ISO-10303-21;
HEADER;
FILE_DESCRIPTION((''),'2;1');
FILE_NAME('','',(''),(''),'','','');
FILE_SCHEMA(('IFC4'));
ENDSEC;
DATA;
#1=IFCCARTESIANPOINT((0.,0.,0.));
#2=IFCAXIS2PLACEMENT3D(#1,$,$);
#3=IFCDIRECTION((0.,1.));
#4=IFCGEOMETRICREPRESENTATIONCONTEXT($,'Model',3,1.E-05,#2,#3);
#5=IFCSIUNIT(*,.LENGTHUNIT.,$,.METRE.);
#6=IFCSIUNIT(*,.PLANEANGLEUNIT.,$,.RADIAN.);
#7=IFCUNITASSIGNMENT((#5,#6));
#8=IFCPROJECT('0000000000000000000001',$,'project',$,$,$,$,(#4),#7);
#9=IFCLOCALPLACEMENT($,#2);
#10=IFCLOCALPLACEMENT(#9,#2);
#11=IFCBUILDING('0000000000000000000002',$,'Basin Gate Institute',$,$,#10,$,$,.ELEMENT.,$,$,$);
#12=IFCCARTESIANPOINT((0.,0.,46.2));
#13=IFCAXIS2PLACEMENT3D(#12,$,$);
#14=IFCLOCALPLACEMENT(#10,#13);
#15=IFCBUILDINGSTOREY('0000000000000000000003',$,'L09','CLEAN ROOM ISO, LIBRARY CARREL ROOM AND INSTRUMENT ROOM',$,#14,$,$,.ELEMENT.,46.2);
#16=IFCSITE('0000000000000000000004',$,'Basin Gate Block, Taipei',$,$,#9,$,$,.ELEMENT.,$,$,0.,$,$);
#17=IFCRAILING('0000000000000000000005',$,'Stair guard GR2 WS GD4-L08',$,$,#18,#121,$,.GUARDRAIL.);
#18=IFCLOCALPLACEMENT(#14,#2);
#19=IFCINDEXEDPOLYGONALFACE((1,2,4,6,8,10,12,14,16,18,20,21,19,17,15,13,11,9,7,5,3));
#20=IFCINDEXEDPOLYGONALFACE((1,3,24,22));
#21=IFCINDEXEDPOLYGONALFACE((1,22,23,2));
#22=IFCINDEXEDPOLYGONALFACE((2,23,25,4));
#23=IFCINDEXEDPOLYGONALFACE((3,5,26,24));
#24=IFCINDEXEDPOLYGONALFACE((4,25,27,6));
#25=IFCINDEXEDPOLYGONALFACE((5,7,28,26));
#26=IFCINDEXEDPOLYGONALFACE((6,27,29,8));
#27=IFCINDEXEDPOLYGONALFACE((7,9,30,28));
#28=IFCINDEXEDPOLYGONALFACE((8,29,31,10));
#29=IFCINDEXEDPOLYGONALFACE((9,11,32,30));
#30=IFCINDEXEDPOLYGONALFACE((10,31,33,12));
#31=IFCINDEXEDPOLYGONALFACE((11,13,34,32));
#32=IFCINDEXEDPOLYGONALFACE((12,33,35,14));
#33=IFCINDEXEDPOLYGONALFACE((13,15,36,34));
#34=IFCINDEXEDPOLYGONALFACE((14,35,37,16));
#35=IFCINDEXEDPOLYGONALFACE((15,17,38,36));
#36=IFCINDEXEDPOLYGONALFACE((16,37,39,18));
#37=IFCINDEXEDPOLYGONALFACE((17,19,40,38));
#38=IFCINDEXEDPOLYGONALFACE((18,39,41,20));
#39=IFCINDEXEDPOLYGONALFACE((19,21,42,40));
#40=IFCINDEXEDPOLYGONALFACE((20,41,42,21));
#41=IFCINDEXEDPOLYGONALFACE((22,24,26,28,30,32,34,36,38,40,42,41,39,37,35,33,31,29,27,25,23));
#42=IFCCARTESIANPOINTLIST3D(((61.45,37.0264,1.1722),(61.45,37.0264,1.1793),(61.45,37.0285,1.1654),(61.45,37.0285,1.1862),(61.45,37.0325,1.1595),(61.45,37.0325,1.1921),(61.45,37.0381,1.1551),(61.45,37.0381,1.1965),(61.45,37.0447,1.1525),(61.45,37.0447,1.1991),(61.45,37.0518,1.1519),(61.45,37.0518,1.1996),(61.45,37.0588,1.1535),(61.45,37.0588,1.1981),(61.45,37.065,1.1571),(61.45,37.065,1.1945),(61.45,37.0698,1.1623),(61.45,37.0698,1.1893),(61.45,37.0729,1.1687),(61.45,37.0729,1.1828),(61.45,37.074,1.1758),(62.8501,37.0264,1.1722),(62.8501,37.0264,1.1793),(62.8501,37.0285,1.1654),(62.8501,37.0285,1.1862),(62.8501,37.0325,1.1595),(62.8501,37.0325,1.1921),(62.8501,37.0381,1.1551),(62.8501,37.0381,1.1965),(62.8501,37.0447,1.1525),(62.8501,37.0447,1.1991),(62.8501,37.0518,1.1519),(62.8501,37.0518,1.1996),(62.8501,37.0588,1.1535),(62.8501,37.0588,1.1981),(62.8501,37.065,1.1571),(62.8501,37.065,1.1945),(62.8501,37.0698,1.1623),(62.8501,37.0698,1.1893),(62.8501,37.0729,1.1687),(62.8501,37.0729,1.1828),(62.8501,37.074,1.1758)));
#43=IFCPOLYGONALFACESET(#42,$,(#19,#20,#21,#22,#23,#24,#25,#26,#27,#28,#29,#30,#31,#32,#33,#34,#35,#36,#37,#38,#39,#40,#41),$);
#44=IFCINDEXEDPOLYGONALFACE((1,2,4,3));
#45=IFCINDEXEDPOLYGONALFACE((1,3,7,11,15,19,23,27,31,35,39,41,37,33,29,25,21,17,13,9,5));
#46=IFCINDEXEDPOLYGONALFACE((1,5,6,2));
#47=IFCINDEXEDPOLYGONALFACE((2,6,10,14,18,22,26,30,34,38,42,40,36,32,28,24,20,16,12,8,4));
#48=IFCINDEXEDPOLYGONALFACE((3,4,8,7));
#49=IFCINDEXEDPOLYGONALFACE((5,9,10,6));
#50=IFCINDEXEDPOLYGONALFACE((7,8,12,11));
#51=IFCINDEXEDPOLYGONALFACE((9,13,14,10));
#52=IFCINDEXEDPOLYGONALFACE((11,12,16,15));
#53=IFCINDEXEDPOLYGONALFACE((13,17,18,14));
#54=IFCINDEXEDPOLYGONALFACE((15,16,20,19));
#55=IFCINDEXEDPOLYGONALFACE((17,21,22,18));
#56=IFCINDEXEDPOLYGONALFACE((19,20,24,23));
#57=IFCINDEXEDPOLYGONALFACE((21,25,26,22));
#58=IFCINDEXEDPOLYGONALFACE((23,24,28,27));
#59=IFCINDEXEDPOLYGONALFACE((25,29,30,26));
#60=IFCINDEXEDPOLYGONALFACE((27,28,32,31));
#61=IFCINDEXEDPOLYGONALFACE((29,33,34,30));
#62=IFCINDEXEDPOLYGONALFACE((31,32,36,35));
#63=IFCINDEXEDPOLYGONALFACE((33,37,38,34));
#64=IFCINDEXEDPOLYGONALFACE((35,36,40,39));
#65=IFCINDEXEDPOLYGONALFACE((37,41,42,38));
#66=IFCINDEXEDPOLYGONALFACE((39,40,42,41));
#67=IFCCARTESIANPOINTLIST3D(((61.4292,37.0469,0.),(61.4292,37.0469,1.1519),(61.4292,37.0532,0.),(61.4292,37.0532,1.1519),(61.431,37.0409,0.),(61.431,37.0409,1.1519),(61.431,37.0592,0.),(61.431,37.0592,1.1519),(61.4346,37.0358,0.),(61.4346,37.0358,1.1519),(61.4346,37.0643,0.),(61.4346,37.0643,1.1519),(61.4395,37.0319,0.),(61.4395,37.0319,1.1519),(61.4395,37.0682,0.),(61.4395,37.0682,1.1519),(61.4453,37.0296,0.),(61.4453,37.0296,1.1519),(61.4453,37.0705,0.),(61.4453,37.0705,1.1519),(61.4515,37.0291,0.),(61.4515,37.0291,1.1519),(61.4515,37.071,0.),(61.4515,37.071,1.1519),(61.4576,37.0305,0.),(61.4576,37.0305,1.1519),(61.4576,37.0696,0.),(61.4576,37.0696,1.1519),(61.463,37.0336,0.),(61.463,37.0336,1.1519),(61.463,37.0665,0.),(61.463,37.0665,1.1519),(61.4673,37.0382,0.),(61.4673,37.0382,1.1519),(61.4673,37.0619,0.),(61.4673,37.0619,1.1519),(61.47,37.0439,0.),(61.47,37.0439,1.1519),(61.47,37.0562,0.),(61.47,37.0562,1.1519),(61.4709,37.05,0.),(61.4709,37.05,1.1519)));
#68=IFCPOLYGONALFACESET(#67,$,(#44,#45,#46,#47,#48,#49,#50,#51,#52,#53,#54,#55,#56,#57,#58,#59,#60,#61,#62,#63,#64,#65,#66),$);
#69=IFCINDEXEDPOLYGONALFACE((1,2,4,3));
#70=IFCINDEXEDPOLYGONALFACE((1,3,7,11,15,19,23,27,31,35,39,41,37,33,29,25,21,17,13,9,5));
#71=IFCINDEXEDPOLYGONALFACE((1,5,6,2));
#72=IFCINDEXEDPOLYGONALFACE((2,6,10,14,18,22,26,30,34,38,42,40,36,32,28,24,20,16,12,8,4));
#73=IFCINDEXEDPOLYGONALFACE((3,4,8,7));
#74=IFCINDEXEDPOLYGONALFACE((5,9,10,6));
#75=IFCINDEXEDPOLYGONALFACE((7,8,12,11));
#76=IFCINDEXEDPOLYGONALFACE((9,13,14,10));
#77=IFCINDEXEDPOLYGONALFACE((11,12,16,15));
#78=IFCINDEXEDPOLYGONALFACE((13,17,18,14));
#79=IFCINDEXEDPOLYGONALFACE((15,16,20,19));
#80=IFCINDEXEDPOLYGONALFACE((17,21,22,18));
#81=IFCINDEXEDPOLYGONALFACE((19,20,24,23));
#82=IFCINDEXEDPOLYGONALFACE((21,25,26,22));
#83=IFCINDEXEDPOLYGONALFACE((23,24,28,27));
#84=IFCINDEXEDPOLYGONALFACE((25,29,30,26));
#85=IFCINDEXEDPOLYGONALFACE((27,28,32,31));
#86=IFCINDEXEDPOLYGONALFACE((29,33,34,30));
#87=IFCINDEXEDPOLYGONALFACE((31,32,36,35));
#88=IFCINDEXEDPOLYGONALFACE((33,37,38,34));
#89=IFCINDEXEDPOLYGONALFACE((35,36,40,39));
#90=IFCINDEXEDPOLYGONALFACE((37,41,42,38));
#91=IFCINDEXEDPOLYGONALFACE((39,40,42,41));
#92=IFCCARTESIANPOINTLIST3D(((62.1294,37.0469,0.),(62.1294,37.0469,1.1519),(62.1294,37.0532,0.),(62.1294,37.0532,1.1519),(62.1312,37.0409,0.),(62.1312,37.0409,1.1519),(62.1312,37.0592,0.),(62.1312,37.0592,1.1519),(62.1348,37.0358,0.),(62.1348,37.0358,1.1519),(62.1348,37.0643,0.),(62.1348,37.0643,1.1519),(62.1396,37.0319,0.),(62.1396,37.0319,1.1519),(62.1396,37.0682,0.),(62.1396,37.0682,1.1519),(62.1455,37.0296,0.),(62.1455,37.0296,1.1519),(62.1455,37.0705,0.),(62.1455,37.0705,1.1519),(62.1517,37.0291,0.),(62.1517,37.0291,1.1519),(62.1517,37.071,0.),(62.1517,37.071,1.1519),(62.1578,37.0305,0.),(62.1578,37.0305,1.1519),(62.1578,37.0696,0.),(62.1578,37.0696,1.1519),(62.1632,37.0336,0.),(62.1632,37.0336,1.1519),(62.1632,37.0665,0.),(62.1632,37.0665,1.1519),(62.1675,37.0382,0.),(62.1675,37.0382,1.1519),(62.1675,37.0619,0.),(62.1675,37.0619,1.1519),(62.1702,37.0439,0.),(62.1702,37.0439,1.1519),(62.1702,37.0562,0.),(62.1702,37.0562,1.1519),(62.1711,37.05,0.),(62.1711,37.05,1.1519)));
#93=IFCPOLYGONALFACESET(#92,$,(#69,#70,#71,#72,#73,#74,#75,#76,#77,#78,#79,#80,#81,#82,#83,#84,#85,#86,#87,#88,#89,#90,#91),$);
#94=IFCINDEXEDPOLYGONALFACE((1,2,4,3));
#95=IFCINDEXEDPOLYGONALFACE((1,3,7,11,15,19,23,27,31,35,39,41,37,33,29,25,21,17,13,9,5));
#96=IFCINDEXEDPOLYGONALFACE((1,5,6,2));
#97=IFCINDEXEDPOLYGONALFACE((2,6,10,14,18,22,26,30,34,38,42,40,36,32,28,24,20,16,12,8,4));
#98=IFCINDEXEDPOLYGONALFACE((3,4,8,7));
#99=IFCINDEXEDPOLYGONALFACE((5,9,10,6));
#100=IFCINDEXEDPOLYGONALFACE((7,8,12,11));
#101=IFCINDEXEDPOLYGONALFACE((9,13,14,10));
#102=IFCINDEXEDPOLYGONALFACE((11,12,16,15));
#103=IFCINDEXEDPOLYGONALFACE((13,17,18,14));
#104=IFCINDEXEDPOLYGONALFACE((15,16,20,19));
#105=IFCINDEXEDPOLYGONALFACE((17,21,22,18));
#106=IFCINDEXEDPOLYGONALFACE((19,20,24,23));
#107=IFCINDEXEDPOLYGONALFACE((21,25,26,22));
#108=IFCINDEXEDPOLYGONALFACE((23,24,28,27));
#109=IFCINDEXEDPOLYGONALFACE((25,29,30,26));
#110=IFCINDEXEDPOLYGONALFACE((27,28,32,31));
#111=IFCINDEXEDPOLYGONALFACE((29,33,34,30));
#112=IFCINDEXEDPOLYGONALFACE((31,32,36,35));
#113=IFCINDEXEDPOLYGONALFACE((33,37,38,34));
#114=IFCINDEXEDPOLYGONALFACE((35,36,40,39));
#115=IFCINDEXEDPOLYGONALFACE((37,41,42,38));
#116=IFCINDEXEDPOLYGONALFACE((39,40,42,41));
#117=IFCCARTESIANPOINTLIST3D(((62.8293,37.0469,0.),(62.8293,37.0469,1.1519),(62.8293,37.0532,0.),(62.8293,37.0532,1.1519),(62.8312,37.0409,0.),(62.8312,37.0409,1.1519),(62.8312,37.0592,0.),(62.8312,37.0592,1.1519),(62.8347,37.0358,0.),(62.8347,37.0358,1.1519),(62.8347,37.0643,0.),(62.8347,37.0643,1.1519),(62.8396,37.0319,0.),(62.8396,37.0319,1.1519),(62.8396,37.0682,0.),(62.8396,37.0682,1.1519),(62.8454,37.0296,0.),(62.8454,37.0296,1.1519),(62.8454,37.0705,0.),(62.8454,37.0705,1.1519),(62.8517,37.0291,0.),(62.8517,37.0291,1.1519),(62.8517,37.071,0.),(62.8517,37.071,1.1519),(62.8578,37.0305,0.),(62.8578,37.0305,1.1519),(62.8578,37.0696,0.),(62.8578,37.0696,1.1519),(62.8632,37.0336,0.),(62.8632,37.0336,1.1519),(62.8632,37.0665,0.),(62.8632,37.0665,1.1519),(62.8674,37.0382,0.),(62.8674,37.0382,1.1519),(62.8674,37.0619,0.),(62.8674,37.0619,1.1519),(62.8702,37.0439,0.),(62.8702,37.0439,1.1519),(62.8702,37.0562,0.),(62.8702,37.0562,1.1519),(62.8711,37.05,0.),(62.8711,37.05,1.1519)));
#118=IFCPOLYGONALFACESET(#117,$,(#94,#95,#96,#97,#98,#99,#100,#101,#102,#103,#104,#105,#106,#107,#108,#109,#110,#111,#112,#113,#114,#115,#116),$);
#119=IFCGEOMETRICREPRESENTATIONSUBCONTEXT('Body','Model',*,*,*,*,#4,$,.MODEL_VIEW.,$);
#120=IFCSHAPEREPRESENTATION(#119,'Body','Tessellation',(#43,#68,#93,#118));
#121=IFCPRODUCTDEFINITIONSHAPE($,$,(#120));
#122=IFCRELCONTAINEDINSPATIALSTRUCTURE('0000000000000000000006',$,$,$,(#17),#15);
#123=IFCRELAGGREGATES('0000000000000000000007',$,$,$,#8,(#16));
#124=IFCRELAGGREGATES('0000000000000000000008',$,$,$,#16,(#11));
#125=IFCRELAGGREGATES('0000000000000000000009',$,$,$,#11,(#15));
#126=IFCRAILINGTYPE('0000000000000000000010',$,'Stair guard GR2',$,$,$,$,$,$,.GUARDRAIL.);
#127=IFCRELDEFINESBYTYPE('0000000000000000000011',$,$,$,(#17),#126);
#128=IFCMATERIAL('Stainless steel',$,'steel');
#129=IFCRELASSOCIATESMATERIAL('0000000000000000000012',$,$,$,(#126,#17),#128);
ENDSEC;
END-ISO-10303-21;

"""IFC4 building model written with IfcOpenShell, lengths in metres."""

from ifc_helpers import new_model, si_unit, direction, frame, origin, origin_2d, place, context, subcontext, project, spatial, circle, extrude, material, type_object, element, save


model = new_model("IFC4")

# Units and contexts
model_context = context("Model", 3, precision=1e-05, world=origin(), true_north=direction((0.0, 1.0)))
body_context = subcontext(model_context, "Body", "Model", "MODEL_VIEW")
ifc_project = project(units=[si_unit("LENGTHUNIT", "METRE"), si_unit("PLANEANGLEUNIT", "RADIAN")], contexts=[model_context])

# Site, building, storey
site_placement = place(None, origin())
site = spatial("IfcSite", under=ifc_project, at=site_placement, Name="Basin Gate Block, Taipei", CompositionType="ELEMENT", RefElevation=0.0)
building_placement = place(site_placement, origin())
building = spatial("IfcBuilding", under=site, at=building_placement, Name="Basin Gate Institute", CompositionType="ELEMENT")
storey_placement = place(building_placement, frame((0.0, 0.0, 46.2)))
storey = spatial("IfcBuildingStorey", under=building, at=storey_placement, Name="L09", Description="CLEAN ROOM ISO, LIBRARY CARREL ROOM AND INSTRUMENT ROOM", CompositionType="ELEMENT", Elevation=46.2)

# Railing
ifc_material_1 = material(Name="Stainless steel", Category="steel")
railing_type_1 = type_object("IfcRailingType", Name="Stair guard GR2", PredefinedType="GUARDRAIL", material=ifc_material_1)
railing_1_placement = place(storey_placement, frame((61.45, 37.05, 0.0)))
element("IfcRailing", 1, at=railing_1_placement, inside=storey, type_object=railing_type_1, material=ifc_material_1, Name="Stair guard GR2 WS GD4-L08", PredefinedType="GUARDRAIL", context=body_context, shape_type="SweptSolid", body=[
    extrude(circle(Radius=0.0239, at=origin_2d()), frame((0.0, 0.0, 1.1758), z_axis=(1.0, 0.0, 0.0), x_axis=(0.0, 1.0, 0.0)), (0.0, 0.0, 1.0), 1.4001),
    extrude(circle(Radius=0.021, at=origin_2d()), origin(), (0.0, 0.0, 1.0), 1.1519),
    extrude(circle(Radius=0.021, at=origin_2d()), frame((0.7002, 0.0, 0.0)), (0.0, 0.0, 1.0), 1.1519),
    extrude(circle(Radius=0.021, at=origin_2d()), frame((1.4001, 0.0, 0.0)), (0.0, 0.0, 1.0), 1.1519),
])

save(model, "model.ifc")
